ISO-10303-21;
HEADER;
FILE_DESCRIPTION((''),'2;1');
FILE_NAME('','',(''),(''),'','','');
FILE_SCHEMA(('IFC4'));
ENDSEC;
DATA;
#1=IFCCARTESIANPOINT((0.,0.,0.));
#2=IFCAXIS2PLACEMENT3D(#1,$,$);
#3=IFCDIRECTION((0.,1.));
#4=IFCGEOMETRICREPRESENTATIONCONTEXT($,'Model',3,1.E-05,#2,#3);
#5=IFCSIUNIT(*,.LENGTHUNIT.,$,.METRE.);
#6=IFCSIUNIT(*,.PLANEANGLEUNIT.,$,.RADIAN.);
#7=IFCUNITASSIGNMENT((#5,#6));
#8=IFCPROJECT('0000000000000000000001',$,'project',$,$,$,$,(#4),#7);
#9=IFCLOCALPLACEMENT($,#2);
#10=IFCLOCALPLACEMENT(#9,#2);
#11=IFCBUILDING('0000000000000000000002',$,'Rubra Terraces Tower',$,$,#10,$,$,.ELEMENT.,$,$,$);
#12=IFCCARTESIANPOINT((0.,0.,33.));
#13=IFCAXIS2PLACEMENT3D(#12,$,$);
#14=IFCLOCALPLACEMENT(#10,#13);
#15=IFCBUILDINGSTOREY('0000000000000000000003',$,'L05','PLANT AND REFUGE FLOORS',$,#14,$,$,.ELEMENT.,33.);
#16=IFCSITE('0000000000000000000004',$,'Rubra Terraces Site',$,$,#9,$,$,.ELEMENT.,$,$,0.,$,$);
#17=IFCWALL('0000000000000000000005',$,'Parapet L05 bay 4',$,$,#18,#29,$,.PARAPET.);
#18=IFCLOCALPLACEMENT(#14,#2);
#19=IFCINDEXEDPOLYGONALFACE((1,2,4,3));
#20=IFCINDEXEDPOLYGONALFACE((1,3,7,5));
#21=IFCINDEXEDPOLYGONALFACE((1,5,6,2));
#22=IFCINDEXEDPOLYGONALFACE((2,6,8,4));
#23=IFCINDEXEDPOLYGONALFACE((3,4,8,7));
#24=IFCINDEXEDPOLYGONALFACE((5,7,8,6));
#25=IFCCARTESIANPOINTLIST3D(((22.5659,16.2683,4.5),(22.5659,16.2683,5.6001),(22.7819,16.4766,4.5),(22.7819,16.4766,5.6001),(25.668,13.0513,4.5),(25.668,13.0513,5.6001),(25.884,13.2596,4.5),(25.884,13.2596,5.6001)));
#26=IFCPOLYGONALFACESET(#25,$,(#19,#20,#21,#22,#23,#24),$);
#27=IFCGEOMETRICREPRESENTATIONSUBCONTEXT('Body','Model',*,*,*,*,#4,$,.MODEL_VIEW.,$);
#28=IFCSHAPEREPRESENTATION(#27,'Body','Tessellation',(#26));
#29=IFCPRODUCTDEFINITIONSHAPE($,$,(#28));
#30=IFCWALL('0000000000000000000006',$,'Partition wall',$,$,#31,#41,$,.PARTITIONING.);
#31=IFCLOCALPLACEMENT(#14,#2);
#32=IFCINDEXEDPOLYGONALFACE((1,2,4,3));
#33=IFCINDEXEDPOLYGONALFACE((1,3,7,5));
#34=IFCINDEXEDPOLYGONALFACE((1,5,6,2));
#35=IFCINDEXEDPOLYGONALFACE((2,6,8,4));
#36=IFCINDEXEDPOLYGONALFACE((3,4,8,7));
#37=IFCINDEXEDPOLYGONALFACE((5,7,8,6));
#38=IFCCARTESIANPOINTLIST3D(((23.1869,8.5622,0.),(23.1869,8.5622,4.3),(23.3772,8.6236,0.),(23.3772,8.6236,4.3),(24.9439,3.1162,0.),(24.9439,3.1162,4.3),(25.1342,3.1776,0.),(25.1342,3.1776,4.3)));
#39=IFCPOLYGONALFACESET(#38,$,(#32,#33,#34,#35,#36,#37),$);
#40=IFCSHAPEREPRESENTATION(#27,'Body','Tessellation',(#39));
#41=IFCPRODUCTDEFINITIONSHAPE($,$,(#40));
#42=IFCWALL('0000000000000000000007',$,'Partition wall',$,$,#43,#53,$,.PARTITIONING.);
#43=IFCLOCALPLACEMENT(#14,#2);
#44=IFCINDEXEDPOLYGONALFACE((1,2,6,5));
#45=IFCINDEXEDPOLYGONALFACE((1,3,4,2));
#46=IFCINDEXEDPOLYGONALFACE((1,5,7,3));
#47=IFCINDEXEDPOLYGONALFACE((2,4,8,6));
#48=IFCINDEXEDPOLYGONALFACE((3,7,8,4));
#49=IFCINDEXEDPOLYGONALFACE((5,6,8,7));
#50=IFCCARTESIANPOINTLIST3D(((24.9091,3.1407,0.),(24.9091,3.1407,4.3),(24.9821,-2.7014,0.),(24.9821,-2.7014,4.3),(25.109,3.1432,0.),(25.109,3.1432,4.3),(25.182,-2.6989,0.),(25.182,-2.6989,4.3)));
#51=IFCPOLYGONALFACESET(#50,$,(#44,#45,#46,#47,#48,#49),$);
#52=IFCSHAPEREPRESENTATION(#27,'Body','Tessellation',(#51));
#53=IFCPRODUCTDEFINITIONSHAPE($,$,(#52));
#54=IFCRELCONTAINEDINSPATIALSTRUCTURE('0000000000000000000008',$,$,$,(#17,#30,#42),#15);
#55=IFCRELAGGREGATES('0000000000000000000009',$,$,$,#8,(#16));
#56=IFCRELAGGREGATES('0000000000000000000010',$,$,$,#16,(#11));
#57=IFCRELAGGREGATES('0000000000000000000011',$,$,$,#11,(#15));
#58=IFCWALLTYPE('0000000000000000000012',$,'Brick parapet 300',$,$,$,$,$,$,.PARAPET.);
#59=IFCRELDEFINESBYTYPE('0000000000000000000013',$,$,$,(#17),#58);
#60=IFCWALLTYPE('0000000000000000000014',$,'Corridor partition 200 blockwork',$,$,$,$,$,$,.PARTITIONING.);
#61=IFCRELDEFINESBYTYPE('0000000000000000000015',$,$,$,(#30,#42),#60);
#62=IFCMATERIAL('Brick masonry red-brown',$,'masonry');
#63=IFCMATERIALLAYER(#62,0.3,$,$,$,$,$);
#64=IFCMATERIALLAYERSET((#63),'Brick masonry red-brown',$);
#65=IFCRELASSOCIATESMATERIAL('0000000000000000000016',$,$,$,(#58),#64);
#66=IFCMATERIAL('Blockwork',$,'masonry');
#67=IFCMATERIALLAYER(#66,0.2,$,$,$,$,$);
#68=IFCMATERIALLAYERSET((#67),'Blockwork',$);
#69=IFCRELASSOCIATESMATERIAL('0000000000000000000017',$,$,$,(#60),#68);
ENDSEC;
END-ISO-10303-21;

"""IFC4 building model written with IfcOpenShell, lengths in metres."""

from ifc_helpers import new_model, si_unit, direction, frame, frame_2d, origin, place, context, subcontext, project, spatial, rectangle, extrude, material, layer, layer_set, type_object, element, save


model = new_model("IFC4")

# Units and contexts
model_context = context("Model", 3, precision=1e-05, world=origin(), true_north=direction((0.0, 1.0)))
body_context = subcontext(model_context, "Body", "Model", "MODEL_VIEW")
ifc_project = project(units=[si_unit("LENGTHUNIT", "METRE"), si_unit("PLANEANGLEUNIT", "RADIAN")], contexts=[model_context])

# Site, building, storey
site_placement = place(None, origin())
site = spatial("IfcSite", under=ifc_project, at=site_placement, Name="Rubra Terraces Site", CompositionType="ELEMENT", RefElevation=0.0)
building_placement = place(site_placement, origin())
building = spatial("IfcBuilding", under=site, at=building_placement, Name="Rubra Terraces Tower", CompositionType="ELEMENT")
storey_placement = place(building_placement, frame((0.0, 0.0, 33.0)))
storey = spatial("IfcBuildingStorey", under=building, at=storey_placement, Name="L05", Description="PLANT AND REFUGE FLOORS", CompositionType="ELEMENT", Elevation=33.0)

# Shared definitions
ifc_material_1 = material(Name="Brick masonry red-brown", Category="masonry")

# Walls
ifc_layer_1 = layer(ifc_material_1, 0.3)
ifc_layer_set_1 = layer_set([ifc_layer_1], Name="Brick masonry red-brown")
wall_type_1 = type_object("IfcWallType", Name="Brick parapet 300", PredefinedType="PARAPET", material=ifc_layer_set_1)
wall_1_placement = place(storey_placement, frame((25.7759, 13.1555, 4.5), z_axis=(0.0, 0.0, 1.0), x_axis=(-0.694124, 0.719855, 0.0)))
element("IfcWall", 1, at=wall_1_placement, inside=storey, type_object=wall_type_1, Name="Parapet L05 bay 4", PredefinedType="PARAPET", context=body_context, shape_type="SweptSolid", body=[
    extrude(rectangle(XDim=4.469, YDim=0.3, at=frame_2d((2.2344, 0.0))), origin(), (0.0, 0.0, 1.0), 1.1001),
])
ifc_material_2 = material(Name="Blockwork", Category="masonry")
ifc_layer_2 = layer(ifc_material_2, 0.2)
ifc_layer_set_2 = layer_set([ifc_layer_2], Name="Blockwork")
wall_type_2 = type_object("IfcWallType", Name="Corridor partition 200 blockwork", PredefinedType="PARTITIONING", material=ifc_layer_set_2)
wall_2_placement = place(storey_placement, frame((23.282, 8.593, 0.0), z_axis=(0.0, 0.0, 1.0), x_axis=(0.307049, -0.951694, 0.0)))
element("IfcWall", 2, at=wall_2_placement, inside=storey, type_object=wall_type_2, Name="Partition wall", PredefinedType="PARTITIONING", context=body_context, shape_type="SweptSolid", body=[
    extrude(rectangle(XDim=5.7224, YDim=0.2, at=frame_2d((2.8613, 0.0))), origin(), (0.0, 0.0, 1.0), 4.3),
])
wall_3_placement = place(storey_placement, frame((25.009, 3.1421, 0.0), z_axis=(0.0, 0.0, 1.0), x_axis=(0.012494, -0.999922, 0.0)))
element("IfcWall", 3, at=wall_3_placement, inside=storey, type_object=wall_type_2, Name="Partition wall", PredefinedType="PARTITIONING", context=body_context, shape_type="SweptSolid", body=[
    extrude(rectangle(XDim=5.8425, YDim=0.2, at=frame_2d((2.9214, 0.0))), origin(), (0.0, 0.0, 1.0), 4.3),
])

save(model, "model.ifc")
